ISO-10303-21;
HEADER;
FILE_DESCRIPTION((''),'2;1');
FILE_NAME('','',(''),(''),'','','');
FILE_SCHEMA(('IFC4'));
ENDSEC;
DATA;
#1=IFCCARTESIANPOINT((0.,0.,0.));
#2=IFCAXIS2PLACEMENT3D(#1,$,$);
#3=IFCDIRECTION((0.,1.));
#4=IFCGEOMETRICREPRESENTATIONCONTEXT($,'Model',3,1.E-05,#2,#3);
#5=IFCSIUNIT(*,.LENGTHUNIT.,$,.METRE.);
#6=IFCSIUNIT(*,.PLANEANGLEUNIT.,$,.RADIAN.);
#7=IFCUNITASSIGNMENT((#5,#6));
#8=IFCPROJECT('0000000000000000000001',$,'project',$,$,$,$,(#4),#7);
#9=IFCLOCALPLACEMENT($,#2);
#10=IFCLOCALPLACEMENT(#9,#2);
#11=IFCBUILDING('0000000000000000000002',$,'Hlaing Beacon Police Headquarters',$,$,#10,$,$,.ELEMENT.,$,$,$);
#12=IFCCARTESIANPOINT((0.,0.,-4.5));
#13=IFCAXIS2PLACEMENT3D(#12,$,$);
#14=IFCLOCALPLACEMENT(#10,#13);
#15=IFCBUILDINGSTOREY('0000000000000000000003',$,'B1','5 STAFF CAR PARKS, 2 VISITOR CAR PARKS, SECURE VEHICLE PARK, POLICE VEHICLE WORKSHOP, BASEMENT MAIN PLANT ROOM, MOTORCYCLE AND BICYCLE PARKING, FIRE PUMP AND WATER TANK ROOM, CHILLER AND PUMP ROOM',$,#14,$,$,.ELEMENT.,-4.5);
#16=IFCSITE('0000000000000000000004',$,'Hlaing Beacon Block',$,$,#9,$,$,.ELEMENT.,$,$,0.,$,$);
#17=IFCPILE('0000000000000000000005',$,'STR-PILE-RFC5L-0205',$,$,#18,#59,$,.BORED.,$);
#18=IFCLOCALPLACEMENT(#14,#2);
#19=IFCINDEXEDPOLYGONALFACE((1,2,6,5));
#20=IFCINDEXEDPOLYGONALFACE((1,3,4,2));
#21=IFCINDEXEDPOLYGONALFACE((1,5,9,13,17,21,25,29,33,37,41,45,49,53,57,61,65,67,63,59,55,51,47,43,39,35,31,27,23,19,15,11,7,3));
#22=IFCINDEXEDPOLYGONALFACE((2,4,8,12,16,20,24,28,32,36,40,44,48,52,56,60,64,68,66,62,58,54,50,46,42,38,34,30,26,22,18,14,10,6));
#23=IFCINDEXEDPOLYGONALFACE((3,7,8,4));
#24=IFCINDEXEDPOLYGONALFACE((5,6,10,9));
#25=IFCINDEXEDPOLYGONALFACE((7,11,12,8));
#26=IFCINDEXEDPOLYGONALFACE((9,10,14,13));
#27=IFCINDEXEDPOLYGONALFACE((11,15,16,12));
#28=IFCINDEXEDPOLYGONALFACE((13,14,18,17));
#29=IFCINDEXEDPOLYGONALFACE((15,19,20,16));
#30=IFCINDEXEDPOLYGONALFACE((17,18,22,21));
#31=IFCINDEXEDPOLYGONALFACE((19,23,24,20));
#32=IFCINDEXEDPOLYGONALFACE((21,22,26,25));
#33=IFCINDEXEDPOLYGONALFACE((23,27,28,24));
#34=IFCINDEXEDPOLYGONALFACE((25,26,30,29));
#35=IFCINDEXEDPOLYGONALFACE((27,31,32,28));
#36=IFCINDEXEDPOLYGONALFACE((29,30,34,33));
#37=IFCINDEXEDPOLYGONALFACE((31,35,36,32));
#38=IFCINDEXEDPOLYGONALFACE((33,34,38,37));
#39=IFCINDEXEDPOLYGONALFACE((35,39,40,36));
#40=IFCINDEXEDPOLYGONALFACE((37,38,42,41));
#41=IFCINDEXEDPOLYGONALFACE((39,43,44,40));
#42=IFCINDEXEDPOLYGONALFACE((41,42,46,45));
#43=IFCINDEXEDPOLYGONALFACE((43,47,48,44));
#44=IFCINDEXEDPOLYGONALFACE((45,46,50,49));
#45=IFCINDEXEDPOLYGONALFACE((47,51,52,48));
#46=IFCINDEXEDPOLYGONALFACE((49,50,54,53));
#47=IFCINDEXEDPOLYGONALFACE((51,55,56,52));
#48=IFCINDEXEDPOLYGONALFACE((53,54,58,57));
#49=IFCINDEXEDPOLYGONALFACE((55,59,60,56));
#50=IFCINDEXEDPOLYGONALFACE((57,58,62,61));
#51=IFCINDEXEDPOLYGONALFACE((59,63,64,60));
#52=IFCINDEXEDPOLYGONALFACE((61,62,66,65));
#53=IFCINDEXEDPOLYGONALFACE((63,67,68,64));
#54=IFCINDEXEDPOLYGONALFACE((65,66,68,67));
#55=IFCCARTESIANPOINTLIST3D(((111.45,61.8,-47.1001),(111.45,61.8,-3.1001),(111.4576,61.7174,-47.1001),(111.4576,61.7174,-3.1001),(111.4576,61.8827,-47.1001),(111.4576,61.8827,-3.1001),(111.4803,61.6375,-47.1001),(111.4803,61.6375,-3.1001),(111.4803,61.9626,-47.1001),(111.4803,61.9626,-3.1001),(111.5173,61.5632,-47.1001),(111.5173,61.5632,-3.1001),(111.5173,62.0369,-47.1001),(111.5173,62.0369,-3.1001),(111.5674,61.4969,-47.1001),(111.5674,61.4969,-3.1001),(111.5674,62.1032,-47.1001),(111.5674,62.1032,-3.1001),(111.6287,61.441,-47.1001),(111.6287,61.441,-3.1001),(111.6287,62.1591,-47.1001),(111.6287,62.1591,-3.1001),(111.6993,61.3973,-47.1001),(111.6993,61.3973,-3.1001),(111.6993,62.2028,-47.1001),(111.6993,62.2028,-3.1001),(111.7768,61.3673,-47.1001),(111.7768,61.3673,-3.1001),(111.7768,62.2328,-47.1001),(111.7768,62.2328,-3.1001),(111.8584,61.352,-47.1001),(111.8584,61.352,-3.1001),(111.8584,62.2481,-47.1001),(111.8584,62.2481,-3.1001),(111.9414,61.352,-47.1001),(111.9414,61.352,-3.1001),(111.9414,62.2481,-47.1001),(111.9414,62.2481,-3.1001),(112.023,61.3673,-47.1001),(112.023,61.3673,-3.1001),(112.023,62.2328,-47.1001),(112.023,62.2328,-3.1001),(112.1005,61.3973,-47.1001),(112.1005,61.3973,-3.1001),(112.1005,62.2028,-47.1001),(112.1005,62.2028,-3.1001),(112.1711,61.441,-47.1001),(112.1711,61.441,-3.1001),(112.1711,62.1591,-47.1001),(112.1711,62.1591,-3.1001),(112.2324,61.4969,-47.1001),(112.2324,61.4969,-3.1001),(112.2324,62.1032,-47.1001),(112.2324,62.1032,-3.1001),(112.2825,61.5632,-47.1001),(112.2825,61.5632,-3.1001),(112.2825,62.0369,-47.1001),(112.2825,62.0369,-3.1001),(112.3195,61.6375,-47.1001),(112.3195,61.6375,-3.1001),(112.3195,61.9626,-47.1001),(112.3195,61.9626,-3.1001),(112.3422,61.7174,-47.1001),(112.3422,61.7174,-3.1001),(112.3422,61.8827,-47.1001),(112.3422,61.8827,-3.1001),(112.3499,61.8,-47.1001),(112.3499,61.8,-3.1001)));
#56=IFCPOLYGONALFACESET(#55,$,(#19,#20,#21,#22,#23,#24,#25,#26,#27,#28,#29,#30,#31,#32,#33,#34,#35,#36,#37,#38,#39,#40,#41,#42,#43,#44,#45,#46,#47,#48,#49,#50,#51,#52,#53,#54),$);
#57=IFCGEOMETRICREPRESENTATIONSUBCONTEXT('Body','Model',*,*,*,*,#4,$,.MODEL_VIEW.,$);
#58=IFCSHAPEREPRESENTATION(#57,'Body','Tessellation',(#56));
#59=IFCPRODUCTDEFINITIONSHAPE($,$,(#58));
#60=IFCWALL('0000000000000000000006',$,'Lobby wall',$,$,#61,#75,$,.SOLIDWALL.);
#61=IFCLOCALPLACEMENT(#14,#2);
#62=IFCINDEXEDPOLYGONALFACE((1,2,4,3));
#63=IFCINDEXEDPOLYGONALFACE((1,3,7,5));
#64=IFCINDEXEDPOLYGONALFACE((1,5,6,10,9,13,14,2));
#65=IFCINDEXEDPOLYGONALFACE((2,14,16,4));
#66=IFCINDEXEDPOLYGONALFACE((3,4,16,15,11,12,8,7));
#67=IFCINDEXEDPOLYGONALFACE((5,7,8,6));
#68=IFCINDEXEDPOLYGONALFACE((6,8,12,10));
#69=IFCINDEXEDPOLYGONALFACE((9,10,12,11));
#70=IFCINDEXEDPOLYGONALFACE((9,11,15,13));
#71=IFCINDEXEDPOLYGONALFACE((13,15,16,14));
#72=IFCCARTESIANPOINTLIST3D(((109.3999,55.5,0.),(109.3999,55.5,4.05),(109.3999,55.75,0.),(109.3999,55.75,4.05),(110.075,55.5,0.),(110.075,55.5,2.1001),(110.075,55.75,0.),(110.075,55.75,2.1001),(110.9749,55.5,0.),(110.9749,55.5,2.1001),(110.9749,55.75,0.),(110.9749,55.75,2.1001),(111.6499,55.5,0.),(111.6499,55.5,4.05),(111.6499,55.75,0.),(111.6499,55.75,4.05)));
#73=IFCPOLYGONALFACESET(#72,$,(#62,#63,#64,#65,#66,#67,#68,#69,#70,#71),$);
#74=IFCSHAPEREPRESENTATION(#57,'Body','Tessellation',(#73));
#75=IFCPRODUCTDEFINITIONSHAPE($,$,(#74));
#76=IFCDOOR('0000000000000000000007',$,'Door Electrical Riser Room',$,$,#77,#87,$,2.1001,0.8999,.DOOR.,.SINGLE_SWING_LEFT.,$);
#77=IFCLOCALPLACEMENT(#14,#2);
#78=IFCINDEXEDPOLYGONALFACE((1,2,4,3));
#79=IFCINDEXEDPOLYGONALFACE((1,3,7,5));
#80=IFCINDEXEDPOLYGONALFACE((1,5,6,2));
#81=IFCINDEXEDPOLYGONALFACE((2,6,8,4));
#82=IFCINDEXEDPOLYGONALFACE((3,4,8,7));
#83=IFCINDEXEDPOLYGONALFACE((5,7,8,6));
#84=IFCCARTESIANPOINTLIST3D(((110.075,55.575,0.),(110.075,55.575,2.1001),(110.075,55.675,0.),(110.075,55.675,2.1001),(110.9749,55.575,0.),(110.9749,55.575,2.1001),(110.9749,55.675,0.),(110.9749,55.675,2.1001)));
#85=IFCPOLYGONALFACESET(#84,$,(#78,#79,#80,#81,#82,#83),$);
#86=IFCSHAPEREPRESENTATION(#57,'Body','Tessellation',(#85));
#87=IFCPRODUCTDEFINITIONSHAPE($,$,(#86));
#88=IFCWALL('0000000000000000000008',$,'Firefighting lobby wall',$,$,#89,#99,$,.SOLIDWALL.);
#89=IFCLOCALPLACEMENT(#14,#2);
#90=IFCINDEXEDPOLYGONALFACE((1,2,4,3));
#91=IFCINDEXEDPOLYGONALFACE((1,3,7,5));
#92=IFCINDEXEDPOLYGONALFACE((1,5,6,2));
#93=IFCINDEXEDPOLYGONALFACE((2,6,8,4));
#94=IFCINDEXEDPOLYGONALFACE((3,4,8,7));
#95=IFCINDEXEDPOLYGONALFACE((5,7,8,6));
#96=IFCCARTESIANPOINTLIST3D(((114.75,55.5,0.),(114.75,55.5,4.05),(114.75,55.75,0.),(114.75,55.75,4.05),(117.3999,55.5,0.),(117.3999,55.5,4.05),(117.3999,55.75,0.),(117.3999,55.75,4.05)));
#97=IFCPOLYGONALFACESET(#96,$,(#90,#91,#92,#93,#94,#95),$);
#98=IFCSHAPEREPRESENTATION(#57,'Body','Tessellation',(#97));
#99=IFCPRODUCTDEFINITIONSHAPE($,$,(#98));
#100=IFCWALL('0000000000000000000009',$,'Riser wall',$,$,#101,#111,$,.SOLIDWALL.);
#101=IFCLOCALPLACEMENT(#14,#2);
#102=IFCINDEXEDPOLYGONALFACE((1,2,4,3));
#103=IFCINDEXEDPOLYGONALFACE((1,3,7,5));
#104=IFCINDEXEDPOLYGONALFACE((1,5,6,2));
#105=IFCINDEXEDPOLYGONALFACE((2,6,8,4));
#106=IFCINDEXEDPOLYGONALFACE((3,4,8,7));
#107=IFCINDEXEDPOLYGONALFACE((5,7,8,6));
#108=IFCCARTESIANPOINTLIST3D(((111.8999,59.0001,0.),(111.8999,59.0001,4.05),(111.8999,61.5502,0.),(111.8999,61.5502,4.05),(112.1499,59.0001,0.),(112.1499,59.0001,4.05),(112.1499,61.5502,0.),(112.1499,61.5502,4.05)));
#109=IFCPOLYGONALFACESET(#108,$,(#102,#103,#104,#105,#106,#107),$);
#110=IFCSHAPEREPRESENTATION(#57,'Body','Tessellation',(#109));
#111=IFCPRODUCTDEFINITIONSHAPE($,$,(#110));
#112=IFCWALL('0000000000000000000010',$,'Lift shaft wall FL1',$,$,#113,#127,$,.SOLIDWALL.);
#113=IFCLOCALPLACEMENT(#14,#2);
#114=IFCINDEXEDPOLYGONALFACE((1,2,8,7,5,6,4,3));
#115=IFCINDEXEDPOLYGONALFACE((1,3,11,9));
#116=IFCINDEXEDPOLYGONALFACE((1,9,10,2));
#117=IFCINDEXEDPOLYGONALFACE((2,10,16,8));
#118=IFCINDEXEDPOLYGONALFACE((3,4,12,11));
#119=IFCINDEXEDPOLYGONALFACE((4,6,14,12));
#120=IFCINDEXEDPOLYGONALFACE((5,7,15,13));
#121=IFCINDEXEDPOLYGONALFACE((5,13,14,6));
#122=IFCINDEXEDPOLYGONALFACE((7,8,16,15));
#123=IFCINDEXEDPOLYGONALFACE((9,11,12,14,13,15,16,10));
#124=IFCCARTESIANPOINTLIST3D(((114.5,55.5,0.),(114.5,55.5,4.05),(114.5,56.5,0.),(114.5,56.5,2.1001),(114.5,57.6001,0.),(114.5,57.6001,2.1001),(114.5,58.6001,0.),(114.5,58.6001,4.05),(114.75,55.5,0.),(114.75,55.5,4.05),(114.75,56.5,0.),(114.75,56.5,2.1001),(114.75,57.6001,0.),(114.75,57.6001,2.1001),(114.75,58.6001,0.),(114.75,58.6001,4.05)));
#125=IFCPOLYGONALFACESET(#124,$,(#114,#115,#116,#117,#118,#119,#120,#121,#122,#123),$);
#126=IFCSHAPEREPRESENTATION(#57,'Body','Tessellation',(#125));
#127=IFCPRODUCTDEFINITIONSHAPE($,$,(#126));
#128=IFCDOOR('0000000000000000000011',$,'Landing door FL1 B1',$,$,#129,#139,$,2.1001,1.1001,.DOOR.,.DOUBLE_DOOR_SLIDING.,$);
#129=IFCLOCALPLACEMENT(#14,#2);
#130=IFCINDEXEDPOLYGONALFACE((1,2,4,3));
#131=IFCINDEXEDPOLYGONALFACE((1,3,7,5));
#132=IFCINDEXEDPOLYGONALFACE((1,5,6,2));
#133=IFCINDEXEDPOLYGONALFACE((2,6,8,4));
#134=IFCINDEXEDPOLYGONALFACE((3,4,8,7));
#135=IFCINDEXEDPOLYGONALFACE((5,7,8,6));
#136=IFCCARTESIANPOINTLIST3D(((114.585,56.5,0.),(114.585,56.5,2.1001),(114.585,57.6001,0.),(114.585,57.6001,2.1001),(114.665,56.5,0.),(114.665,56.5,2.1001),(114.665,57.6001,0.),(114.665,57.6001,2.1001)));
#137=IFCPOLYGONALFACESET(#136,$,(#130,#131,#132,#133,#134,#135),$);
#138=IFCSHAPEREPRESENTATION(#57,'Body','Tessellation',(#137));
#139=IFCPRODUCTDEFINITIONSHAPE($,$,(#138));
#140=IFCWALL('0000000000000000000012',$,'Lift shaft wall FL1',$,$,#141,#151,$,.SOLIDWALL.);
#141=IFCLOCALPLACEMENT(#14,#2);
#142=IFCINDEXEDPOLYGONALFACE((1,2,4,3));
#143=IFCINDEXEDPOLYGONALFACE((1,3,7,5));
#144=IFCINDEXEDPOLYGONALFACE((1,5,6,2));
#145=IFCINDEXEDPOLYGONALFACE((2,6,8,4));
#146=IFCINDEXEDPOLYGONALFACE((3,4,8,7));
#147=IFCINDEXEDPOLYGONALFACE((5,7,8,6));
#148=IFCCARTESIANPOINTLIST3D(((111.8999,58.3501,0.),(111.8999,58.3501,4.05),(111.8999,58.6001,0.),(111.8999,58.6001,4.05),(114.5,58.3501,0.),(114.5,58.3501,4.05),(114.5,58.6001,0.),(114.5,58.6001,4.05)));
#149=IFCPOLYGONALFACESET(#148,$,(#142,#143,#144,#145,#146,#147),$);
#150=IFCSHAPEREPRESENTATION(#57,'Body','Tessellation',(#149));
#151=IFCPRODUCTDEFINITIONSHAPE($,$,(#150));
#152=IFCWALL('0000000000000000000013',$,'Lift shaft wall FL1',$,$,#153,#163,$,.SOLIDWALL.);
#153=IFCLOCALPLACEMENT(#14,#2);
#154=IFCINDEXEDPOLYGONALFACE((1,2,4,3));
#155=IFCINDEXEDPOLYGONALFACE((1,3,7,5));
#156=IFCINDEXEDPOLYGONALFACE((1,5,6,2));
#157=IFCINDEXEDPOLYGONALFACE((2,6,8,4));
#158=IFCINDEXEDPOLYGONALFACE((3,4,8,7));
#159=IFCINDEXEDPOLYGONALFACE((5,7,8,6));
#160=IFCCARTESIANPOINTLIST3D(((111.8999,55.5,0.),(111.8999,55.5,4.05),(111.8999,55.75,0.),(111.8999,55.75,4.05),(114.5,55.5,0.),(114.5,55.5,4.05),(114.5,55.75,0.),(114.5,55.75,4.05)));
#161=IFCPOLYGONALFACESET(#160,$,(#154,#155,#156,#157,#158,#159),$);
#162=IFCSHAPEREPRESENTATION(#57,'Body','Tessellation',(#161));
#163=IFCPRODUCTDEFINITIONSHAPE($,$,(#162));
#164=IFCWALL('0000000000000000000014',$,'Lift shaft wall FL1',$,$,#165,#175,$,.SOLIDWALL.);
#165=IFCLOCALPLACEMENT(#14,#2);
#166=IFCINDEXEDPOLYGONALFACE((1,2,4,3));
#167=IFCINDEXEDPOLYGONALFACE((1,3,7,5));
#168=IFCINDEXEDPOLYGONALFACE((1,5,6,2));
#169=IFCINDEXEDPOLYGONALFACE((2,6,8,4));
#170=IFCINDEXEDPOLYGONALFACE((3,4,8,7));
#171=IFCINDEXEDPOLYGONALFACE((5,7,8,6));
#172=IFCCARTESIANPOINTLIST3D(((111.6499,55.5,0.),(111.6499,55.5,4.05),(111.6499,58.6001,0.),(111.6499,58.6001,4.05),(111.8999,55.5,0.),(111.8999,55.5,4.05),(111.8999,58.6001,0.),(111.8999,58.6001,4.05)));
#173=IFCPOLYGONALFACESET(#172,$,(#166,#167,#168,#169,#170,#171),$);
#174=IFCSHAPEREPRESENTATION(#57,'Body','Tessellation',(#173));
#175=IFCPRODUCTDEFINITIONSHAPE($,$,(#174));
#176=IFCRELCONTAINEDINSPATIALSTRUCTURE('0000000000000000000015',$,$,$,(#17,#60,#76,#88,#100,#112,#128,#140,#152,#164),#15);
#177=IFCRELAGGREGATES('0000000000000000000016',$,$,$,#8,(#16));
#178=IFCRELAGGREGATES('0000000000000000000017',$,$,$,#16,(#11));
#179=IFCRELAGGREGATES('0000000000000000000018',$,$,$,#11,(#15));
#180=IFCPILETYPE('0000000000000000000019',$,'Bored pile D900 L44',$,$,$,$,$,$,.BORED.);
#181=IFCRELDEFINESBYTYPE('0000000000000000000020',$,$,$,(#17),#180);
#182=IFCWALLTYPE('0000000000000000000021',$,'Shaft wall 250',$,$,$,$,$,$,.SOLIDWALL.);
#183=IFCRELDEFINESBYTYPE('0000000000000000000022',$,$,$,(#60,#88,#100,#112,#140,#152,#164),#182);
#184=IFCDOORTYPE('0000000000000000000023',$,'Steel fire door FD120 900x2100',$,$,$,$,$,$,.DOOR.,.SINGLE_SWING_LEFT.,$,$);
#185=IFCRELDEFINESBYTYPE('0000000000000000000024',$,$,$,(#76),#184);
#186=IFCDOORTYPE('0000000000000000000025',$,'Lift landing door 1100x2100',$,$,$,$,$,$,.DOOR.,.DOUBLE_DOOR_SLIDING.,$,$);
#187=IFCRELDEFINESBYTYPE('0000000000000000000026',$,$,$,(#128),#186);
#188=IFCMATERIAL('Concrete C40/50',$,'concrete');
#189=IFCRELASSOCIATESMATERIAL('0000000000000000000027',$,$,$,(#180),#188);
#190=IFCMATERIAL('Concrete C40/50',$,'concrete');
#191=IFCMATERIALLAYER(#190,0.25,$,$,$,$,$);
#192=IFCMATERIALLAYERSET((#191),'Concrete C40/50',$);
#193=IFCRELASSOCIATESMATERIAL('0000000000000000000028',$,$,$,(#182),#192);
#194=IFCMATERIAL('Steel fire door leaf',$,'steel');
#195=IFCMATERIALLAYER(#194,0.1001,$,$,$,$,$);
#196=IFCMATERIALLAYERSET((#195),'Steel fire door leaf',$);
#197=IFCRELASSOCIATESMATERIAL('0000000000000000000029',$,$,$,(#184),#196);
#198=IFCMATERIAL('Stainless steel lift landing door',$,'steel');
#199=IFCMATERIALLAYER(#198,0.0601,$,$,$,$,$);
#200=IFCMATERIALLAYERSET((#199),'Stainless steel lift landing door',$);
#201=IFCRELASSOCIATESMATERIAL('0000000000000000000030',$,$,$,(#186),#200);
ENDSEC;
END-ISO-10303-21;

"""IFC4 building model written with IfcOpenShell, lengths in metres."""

from ifc_helpers import new_model, si_unit, direction, frame, frame_2d, origin, origin_2d, place, context, subcontext, project, spatial, rectangle, circle, extrude, material, layer, layer_set, material_profile, profile_set, type_object, element, fill, save


model = new_model("IFC4")

# Units and contexts
model_context = context("Model", 3, precision=1e-05, world=origin(), true_north=direction((0.0, 1.0)))
body_context = subcontext(model_context, "Body", "Model", "MODEL_VIEW")
ifc_project = project(units=[si_unit("LENGTHUNIT", "METRE"), si_unit("PLANEANGLEUNIT", "RADIAN")], contexts=[model_context])

# Site, building, storey
site_placement = place(None, origin())
site = spatial("IfcSite", under=ifc_project, at=site_placement, Name="Hlaing Beacon Block", CompositionType="ELEMENT", RefElevation=0.0)
building_placement = place(site_placement, origin())
building = spatial("IfcBuilding", under=site, at=building_placement, Name="Hlaing Beacon Police Headquarters", CompositionType="ELEMENT")
storey_placement = place(building_placement, frame((0.0, 0.0, -4.5)))
storey = spatial("IfcBuildingStorey", under=building, at=storey_placement, Name="B1", Description="5 STAFF CAR PARKS, 2 VISITOR CAR PARKS, SECURE VEHICLE PARK, POLICE VEHICLE WORKSHOP, BASEMENT MAIN PLANT ROOM, MOTORCYCLE AND BICYCLE PARKING, FIRE PUMP AND WATER TANK ROOM, CHILLER AND PUMP ROOM", CompositionType="ELEMENT", Elevation=-4.5)

# Pile
ifc_material_1 = material(Name="Concrete C40/50", Category="concrete")
ifc_material_profile = material_profile(ifc_material_1, circle(Radius=0.45, at=origin_2d()), Name="D900")
ifc_profile_set = profile_set([ifc_material_profile], Name="Concrete C40/50")
pile_type = type_object("IfcPileType", Name="Bored pile D900 L44", PredefinedType="BORED", material=ifc_profile_set)
pile_placement = place(storey_placement, frame((111.8999, 61.8, -3.1001), z_axis=(0.0, 0.0, -1.0), x_axis=(1.0, 0.0, 0.0)))
element("IfcPile", 1, at=pile_placement, inside=storey, type_object=pile_type, Name="STR-PILE-RFC5L-0205", PredefinedType="BORED", context=body_context, shape_type="SweptSolid", body=[
    extrude(circle(Radius=0.45, at=origin_2d()), origin(), (0.0, 0.0, 1.0), 44.0),
])

# Wall, opening, door
ifc_material_2 = material(Name="Concrete C40/50", Category="concrete")
ifc_layer_1 = layer(ifc_material_2, 0.25)
ifc_layer_set_1 = layer_set([ifc_layer_1], Name="Concrete C40/50")
wall_type = type_object("IfcWallType", Name="Shaft wall 250", PredefinedType="SOLIDWALL", material=ifc_layer_set_1)
wall_1_placement = place(storey_placement, frame((109.3999, 55.625, 0.0), z_axis=(0.0, 0.0, 1.0), x_axis=(1.0, 0.0, 0.0)))
wall_1 = element("IfcWall", 2, at=wall_1_placement, inside=storey, type_object=wall_type, Name="Lobby wall", PredefinedType="SOLIDWALL", context=body_context, shape_type="SweptSolid", body=[
    extrude(rectangle(XDim=2.25, YDim=0.25, at=frame_2d((1.125, 0.0))), origin(), (0.0, 0.0, 1.0), 4.05),
])
opening_1_placement = place(wall_1_placement, frame((0.675, 0.0, 0.0)))
opening_1 = element("IfcOpeningElement", 3, at=opening_1_placement, cuts=wall_1, PredefinedType="OPENING", context=body_context, shape_type="SweptSolid", body=[
    extrude(rectangle(XDim=0.8999, YDim=2.1001, at=frame_2d((0.45, 1.05))), frame((0.0, 0.135, 0.0), z_axis=(0.0, -1.0, 0.0), x_axis=(1.0, 0.0, 0.0)), (0.0, 0.0, 1.0), 0.27),
])
ifc_material_3 = material(Name="Steel fire door leaf", Category="steel")
ifc_layer_2 = layer(ifc_material_3, 0.1001)
ifc_layer_set_2 = layer_set([ifc_layer_2], Name="Steel fire door leaf")
door_type_1 = type_object("IfcDoorType", Name="Steel fire door FD120 900x2100", OperationType="SINGLE_SWING_LEFT", PredefinedType="DOOR", material=ifc_layer_set_2)
door_1_placement = place(opening_1_placement, origin())
door_1 = element("IfcDoor", 4, at=door_1_placement, inside=storey, type_object=door_type_1, Name="Door Electrical Riser Room", OperationType="SINGLE_SWING_LEFT", OverallHeight=2.1001, OverallWidth=0.8999, PredefinedType="DOOR", context=body_context, shape_type="SweptSolid", body=[
    extrude(rectangle(XDim=0.8999, YDim=2.1001, at=frame_2d((0.45, 1.05))), frame((0.0, 0.05, 0.0), z_axis=(0.0, -1.0, 0.0), x_axis=(1.0, 0.0, 0.0)), (0.0, 0.0, 1.0), 0.1001),
])
fill(opening_1, door_1)

# Walls
wall_2_placement = place(storey_placement, frame((114.75, 55.625, 0.0), z_axis=(0.0, 0.0, 1.0), x_axis=(1.0, 0.0, 0.0)))
element("IfcWall", 5, at=wall_2_placement, inside=storey, type_object=wall_type, Name="Firefighting lobby wall", PredefinedType="SOLIDWALL", context=body_context, shape_type="SweptSolid", body=[
    extrude(rectangle(XDim=2.6499, YDim=0.25, at=frame_2d((1.325, 0.0))), origin(), (0.0, 0.0, 1.0), 4.05),
])
wall_3_placement = place(storey_placement, frame((112.0249, 61.55, 0.0), z_axis=(0.0, 0.0, 1.0), x_axis=(0.0, -1.0, 0.0)))
element("IfcWall", 6, at=wall_3_placement, inside=storey, type_object=wall_type, Name="Riser wall", PredefinedType="SOLIDWALL", context=body_context, shape_type="SweptSolid", body=[
    extrude(rectangle(XDim=2.55, YDim=0.25, at=frame_2d((1.2749, 0.0))), origin(), (0.0, 0.0, 1.0), 4.05),
])

# Wall, opening, door
wall_4_placement = place(storey_placement, frame((114.625, 55.5, 0.0), z_axis=(0.0, 0.0, 1.0), x_axis=(0.0, 1.0, 0.0)))
wall_4 = element("IfcWall", 7, at=wall_4_placement, inside=storey, type_object=wall_type, Name="Lift shaft wall FL1", PredefinedType="SOLIDWALL", context=body_context, shape_type="SweptSolid", body=[
    extrude(rectangle(XDim=3.1001, YDim=0.25, at=frame_2d((1.55, 0.0))), origin(), (0.0, 0.0, 1.0), 4.05),
])
opening_2_placement = place(wall_4_placement, frame((1.0, 0.0, 0.0)))
opening_2 = element("IfcOpeningElement", 8, at=opening_2_placement, cuts=wall_4, PredefinedType="OPENING", context=body_context, shape_type="SweptSolid", body=[
    extrude(rectangle(XDim=1.1001, YDim=2.1001, at=frame_2d((0.55, 1.05))), frame((0.0, 0.135, 0.0), z_axis=(0.0, -1.0, 0.0), x_axis=(1.0, 0.0, 0.0)), (0.0, 0.0, 1.0), 0.27),
])
ifc_material_4 = material(Name="Stainless steel lift landing door", Category="steel")
ifc_layer_3 = layer(ifc_material_4, 0.0601)
ifc_layer_set_3 = layer_set([ifc_layer_3], Name="Stainless steel lift landing door")
door_type_2 = type_object("IfcDoorType", Name="Lift landing door 1100x2100", OperationType="DOUBLE_DOOR_SLIDING", PredefinedType="DOOR", material=ifc_layer_set_3)
door_2_placement = place(opening_2_placement, origin())
door_2 = element("IfcDoor", 9, at=door_2_placement, inside=storey, type_object=door_type_2, Name="Landing door FL1 B1", OperationType="DOUBLE_DOOR_SLIDING", OverallHeight=2.1001, OverallWidth=1.1001, PredefinedType="DOOR", context=body_context, shape_type="SweptSolid", body=[
    extrude(rectangle(XDim=1.1001, YDim=2.1001, at=frame_2d((0.55, 1.05))), frame((0.0, 0.04, 0.0), z_axis=(0.0, -1.0, 0.0), x_axis=(1.0, 0.0, 0.0)), (0.0, 0.0, 1.0), 0.0801),
])
fill(opening_2, door_2)

# Walls
for number, where, z_axis, x_axis, name in (
    (10, (111.8999, 58.4751, 0.0), (0.0, 0.0, 1.0), (1.0, 0.0, 0.0), "Lift shaft wall FL1"),
    (11, (111.8999, 55.625, 0.0), (0.0, 0.0, 1.0), (1.0, 0.0, 0.0), "Lift shaft wall FL1"),
):
    element("IfcWall", number, at=place(storey_placement, frame(where, z_axis=z_axis, x_axis=x_axis)), inside=storey, type_object=wall_type, Name=name, PredefinedType="SOLIDWALL", context=body_context, shape_type="SweptSolid", body=[
        extrude(rectangle(XDim=2.6001, YDim=0.25, at=frame_2d((1.3, 0.0))), origin(), (0.0, 0.0, 1.0), 4.05),
    ])
wall_5_placement = place(storey_placement, frame((111.7749, 55.5, 0.0), z_axis=(0.0, 0.0, 1.0), x_axis=(0.0, 1.0, 0.0)))
element("IfcWall", 12, at=wall_5_placement, inside=storey, type_object=wall_type, Name="Lift shaft wall FL1", PredefinedType="SOLIDWALL", context=body_context, shape_type="SweptSolid", body=[
    extrude(rectangle(XDim=3.1001, YDim=0.25, at=frame_2d((1.55, 0.0))), origin(), (0.0, 0.0, 1.0), 4.05),
])

save(model, "model.ifc")
